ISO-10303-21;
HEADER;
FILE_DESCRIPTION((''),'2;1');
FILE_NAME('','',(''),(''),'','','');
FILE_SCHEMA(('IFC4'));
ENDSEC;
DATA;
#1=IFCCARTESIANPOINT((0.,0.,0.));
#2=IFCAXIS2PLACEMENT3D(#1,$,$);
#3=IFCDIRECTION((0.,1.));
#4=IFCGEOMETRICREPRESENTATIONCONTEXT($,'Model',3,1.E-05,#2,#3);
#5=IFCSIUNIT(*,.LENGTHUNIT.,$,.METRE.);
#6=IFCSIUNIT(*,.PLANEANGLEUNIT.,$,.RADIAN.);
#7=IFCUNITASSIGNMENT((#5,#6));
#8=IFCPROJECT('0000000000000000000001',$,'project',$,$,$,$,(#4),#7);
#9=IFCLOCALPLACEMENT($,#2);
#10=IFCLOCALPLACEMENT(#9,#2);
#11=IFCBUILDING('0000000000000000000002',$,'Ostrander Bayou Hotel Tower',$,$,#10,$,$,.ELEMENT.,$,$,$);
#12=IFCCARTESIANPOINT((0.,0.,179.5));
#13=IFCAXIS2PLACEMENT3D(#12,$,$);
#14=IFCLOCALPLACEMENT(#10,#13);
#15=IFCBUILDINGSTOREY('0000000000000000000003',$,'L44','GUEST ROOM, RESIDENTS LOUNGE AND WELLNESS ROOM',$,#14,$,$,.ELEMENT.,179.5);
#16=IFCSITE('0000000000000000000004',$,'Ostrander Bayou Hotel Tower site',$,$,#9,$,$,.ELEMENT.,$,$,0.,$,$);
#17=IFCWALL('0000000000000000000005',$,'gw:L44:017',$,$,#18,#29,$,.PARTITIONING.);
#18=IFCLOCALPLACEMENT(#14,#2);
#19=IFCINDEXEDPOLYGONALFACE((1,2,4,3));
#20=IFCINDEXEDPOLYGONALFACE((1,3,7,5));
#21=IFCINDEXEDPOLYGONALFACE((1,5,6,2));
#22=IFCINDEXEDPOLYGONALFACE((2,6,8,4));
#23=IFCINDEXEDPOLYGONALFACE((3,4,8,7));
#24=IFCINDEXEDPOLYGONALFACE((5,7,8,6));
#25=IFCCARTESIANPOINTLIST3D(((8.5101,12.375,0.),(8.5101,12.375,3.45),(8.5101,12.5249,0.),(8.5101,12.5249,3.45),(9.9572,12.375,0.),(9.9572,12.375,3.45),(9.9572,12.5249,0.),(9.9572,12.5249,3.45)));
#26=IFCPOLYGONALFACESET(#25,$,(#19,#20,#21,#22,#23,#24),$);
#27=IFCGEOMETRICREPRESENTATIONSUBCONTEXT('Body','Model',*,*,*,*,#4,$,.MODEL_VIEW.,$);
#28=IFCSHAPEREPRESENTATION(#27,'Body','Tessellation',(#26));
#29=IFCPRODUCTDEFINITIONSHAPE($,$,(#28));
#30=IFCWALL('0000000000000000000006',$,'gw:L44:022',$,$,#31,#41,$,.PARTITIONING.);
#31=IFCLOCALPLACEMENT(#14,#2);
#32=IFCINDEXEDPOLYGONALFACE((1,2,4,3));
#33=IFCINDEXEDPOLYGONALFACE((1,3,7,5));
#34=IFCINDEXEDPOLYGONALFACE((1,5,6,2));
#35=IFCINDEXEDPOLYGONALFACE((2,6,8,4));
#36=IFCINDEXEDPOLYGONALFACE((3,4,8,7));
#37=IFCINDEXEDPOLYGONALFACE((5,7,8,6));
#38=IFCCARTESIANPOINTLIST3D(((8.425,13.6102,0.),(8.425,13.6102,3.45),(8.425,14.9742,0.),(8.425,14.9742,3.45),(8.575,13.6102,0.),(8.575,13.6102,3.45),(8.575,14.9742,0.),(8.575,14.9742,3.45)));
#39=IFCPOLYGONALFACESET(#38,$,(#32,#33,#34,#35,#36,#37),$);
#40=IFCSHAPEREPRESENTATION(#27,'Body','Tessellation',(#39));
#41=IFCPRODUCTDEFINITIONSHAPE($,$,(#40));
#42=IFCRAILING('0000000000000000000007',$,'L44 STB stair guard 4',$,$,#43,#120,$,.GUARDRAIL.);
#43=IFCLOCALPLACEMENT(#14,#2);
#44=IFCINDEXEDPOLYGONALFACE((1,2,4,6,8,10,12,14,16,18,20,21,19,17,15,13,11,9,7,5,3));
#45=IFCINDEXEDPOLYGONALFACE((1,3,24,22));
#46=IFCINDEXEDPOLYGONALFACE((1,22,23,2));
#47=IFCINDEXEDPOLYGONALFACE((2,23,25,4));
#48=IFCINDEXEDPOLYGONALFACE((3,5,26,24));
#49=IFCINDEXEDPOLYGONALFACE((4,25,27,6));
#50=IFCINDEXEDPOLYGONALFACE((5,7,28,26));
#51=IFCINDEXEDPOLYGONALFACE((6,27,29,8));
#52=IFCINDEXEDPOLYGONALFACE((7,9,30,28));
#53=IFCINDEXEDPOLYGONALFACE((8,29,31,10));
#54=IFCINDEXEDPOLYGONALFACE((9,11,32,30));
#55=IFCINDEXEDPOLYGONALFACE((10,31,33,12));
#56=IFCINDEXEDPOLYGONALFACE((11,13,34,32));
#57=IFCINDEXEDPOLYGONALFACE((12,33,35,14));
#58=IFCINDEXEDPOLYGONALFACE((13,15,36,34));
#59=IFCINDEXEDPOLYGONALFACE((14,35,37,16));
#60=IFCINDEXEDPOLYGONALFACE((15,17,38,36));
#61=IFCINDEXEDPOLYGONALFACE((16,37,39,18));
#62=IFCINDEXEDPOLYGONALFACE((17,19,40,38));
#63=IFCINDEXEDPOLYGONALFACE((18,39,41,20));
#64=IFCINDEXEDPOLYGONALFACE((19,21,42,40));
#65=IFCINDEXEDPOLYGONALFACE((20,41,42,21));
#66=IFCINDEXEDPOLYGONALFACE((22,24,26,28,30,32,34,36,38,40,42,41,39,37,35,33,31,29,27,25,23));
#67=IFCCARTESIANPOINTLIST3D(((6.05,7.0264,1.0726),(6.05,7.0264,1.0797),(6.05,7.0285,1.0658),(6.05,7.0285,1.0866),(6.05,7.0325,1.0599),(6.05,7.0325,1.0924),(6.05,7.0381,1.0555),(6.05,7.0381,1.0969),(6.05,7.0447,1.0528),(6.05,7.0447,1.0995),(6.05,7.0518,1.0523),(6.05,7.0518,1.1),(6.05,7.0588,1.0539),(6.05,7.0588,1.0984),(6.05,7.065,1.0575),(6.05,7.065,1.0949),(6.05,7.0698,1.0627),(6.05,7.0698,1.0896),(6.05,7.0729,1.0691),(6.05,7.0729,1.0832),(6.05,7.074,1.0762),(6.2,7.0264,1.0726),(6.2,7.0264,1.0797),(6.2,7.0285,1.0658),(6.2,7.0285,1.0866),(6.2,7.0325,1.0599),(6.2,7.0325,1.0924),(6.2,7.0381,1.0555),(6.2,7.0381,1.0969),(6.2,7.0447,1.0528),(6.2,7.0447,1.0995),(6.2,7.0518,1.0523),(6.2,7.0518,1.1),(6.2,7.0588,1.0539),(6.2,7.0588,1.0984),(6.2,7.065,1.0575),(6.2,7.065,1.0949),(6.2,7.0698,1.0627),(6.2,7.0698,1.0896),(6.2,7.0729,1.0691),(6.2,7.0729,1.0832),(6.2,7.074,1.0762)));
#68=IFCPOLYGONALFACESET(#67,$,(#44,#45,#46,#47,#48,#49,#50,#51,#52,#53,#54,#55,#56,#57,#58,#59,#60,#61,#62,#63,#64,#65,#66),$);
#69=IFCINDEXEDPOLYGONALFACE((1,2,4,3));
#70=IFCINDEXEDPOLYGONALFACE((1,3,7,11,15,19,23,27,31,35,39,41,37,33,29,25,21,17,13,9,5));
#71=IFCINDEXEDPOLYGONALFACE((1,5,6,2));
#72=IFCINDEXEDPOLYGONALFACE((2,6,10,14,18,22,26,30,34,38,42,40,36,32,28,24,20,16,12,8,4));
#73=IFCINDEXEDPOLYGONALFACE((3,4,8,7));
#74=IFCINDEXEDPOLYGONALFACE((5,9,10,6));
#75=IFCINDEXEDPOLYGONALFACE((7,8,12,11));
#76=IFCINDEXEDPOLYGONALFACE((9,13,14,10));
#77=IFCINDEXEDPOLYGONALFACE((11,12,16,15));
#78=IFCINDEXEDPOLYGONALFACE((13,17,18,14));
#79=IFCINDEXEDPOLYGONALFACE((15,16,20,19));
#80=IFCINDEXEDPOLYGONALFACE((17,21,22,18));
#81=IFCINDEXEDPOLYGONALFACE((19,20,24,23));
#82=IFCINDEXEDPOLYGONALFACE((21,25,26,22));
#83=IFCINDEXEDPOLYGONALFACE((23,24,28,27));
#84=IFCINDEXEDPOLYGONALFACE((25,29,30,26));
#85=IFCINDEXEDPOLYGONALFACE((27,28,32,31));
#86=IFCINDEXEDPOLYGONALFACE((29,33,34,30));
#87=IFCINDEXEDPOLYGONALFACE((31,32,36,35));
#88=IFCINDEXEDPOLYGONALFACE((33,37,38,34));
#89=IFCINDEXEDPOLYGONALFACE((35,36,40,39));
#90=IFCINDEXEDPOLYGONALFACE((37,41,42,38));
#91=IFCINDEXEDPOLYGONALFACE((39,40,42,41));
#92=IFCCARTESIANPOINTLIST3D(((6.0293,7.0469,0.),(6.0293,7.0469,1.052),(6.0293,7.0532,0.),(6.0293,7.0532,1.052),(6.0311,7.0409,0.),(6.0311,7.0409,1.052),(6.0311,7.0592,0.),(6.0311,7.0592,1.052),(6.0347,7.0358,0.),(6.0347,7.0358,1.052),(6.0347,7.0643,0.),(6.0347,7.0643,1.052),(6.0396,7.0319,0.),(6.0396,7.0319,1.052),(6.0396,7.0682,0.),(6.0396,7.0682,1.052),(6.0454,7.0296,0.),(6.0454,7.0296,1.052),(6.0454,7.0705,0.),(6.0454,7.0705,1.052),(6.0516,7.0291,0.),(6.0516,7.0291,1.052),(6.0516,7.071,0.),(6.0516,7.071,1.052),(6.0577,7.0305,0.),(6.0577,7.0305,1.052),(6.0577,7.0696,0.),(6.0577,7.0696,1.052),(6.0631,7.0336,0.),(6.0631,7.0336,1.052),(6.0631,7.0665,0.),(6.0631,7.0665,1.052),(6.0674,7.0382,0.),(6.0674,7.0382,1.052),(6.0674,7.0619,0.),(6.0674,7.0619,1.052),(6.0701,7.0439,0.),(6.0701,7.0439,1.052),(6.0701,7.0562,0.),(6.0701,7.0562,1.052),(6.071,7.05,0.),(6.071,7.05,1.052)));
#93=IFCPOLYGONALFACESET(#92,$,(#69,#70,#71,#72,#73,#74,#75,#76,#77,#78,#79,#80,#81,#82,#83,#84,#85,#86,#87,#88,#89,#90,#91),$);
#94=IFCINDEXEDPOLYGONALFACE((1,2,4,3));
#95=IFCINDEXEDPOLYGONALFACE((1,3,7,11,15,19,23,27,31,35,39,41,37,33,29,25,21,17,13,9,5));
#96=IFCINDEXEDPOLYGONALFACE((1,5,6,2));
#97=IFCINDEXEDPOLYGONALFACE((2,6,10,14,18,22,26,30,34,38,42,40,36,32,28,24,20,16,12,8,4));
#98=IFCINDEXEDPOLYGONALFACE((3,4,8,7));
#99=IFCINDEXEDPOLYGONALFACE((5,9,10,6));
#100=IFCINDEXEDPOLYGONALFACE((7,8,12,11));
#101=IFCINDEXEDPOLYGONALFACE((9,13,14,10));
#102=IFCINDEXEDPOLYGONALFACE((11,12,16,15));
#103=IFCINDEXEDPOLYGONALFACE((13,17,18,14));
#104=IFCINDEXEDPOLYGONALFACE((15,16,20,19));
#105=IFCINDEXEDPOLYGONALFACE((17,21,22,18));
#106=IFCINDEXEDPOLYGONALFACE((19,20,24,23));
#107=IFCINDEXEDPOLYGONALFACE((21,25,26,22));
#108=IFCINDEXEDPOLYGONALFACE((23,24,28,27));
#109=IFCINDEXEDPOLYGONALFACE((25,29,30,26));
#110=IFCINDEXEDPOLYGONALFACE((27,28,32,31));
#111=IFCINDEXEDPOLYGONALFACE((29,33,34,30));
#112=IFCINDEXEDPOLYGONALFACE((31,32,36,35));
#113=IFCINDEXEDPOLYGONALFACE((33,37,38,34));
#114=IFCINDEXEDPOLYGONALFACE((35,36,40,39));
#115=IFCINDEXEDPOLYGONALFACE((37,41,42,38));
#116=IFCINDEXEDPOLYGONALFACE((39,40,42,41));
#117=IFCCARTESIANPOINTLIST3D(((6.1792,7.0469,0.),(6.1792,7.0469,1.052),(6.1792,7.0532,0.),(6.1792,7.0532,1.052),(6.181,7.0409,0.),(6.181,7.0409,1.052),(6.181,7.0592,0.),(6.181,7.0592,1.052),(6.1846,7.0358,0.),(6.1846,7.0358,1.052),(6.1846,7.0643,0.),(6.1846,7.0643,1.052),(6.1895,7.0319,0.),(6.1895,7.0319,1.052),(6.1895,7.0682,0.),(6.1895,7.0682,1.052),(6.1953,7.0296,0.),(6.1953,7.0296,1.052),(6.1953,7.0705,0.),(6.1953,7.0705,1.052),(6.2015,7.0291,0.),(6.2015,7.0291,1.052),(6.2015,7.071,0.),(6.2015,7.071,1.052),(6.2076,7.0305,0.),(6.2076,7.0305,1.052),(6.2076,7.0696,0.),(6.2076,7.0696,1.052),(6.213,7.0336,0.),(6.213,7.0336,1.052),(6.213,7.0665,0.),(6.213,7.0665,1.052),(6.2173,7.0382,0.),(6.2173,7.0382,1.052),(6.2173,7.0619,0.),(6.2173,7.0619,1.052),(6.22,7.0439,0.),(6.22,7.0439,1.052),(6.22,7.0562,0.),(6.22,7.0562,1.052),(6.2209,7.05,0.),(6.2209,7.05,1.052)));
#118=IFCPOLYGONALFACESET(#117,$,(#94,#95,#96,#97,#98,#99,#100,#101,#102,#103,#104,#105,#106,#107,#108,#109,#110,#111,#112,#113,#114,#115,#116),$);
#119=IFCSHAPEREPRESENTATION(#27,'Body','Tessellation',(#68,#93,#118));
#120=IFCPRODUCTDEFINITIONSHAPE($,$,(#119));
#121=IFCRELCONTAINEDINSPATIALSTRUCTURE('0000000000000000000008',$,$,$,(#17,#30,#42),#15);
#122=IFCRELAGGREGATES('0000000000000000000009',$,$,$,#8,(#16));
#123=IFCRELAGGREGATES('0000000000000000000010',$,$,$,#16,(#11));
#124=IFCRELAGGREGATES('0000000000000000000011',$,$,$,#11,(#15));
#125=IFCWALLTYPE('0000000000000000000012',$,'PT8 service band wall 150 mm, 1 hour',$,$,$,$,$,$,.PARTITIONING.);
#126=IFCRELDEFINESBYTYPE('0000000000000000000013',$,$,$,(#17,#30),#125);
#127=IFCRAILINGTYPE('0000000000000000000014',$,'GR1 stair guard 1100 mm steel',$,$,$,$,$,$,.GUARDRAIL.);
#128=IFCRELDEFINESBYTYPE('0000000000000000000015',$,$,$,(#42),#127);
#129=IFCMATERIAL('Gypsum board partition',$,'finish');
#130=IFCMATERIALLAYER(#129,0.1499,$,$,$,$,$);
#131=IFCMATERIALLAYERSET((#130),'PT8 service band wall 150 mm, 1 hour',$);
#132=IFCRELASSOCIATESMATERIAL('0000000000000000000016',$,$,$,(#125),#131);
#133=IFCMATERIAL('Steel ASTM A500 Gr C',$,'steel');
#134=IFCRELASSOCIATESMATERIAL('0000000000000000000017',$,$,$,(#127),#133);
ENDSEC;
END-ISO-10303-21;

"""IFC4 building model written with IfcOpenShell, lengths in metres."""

from ifc_helpers import new_model, si_unit, direction, frame, frame_2d, origin, origin_2d, place, context, subcontext, project, spatial, rectangle, circle, extrude, material, layer, layer_set, type_object, element, save


model = new_model("IFC4")

# Units and contexts
model_context = context("Model", 3, precision=1e-05, world=origin(), true_north=direction((0.0, 1.0)))
body_context = subcontext(model_context, "Body", "Model", "MODEL_VIEW")
ifc_project = project(units=[si_unit("LENGTHUNIT", "METRE"), si_unit("PLANEANGLEUNIT", "RADIAN")], contexts=[model_context])

# Site, building, storey
site_placement = place(None, origin())
site = spatial("IfcSite", under=ifc_project, at=site_placement, Name="Ostrander Bayou Hotel Tower site", CompositionType="ELEMENT", RefElevation=0.0)
building_placement = place(site_placement, origin())
building = spatial("IfcBuilding", under=site, at=building_placement, Name="Ostrander Bayou Hotel Tower", CompositionType="ELEMENT")
storey_placement = place(building_placement, frame((0.0, 0.0, 179.5)))
storey = spatial("IfcBuildingStorey", under=building, at=storey_placement, Name="L44", Description="GUEST ROOM, RESIDENTS LOUNGE AND WELLNESS ROOM", CompositionType="ELEMENT", Elevation=179.5)

# Walls
ifc_material_1 = material(Name="Gypsum board partition", Category="finish")
ifc_layer_1 = layer(ifc_material_1, 0.1499)
ifc_layer_set_1 = layer_set([ifc_layer_1], Name="PT8 service band wall 150 mm, 1 hour")
wall_type_1 = type_object("IfcWallType", Name="PT8 service band wall 150 mm, 1 hour", PredefinedType="PARTITIONING", material=ifc_layer_set_1)
wall_1_placement = place(storey_placement, frame((8.51, 12.45, 0.0), z_axis=(0.0, 0.0, 1.0), x_axis=(1.0, 0.0, 0.0)))
element("IfcWall", 1, at=wall_1_placement, inside=storey, type_object=wall_type_1, Name="gw:L44:017", PredefinedType="PARTITIONING", context=body_context, shape_type="SweptSolid", body=[
    extrude(rectangle(XDim=1.447, YDim=0.1499, at=frame_2d((0.7236, 0.0))), origin(), (0.0, 0.0, 1.0), 3.45),
])
wall_2_placement = place(storey_placement, frame((8.5, 13.6101, 0.0), z_axis=(0.0, 0.0, 1.0), x_axis=(0.0, 1.0, 0.0)))
element("IfcWall", 2, at=wall_2_placement, inside=storey, type_object=wall_type_1, Name="gw:L44:022", PredefinedType="PARTITIONING", context=body_context, shape_type="SweptSolid", body=[
    extrude(rectangle(XDim=1.364, YDim=0.1499, at=frame_2d((0.6821, 0.0))), origin(), (0.0, 0.0, 1.0), 3.45),
])

# Railing
ifc_material_2 = material(Name="Steel ASTM A500 Gr C", Category="steel")
railing_type = type_object("IfcRailingType", Name="GR1 stair guard 1100 mm steel", PredefinedType="GUARDRAIL", material=ifc_material_2)
railing_placement = place(storey_placement, frame((6.05, 7.05, 0.0)))
element("IfcRailing", 3, at=railing_placement, inside=storey, type_object=railing_type, Name="L44 STB stair guard 4", PredefinedType="GUARDRAIL", context=body_context, shape_type="SweptSolid", body=[
    extrude(circle(Radius=0.0239, at=origin_2d()), frame((0.0, 0.0, 1.0762), z_axis=(1.0, 0.0, 0.0), x_axis=(0.0, 1.0, 0.0)), (0.0, 0.0, 1.0), 0.1499),
    extrude(circle(Radius=0.021, at=origin_2d()), origin(), (0.0, 0.0, 1.0), 1.052),
    extrude(circle(Radius=0.021, at=origin_2d()), frame((0.1499, 0.0, 0.0)), (0.0, 0.0, 1.0), 1.052),
])

save(model, "model.ifc")
